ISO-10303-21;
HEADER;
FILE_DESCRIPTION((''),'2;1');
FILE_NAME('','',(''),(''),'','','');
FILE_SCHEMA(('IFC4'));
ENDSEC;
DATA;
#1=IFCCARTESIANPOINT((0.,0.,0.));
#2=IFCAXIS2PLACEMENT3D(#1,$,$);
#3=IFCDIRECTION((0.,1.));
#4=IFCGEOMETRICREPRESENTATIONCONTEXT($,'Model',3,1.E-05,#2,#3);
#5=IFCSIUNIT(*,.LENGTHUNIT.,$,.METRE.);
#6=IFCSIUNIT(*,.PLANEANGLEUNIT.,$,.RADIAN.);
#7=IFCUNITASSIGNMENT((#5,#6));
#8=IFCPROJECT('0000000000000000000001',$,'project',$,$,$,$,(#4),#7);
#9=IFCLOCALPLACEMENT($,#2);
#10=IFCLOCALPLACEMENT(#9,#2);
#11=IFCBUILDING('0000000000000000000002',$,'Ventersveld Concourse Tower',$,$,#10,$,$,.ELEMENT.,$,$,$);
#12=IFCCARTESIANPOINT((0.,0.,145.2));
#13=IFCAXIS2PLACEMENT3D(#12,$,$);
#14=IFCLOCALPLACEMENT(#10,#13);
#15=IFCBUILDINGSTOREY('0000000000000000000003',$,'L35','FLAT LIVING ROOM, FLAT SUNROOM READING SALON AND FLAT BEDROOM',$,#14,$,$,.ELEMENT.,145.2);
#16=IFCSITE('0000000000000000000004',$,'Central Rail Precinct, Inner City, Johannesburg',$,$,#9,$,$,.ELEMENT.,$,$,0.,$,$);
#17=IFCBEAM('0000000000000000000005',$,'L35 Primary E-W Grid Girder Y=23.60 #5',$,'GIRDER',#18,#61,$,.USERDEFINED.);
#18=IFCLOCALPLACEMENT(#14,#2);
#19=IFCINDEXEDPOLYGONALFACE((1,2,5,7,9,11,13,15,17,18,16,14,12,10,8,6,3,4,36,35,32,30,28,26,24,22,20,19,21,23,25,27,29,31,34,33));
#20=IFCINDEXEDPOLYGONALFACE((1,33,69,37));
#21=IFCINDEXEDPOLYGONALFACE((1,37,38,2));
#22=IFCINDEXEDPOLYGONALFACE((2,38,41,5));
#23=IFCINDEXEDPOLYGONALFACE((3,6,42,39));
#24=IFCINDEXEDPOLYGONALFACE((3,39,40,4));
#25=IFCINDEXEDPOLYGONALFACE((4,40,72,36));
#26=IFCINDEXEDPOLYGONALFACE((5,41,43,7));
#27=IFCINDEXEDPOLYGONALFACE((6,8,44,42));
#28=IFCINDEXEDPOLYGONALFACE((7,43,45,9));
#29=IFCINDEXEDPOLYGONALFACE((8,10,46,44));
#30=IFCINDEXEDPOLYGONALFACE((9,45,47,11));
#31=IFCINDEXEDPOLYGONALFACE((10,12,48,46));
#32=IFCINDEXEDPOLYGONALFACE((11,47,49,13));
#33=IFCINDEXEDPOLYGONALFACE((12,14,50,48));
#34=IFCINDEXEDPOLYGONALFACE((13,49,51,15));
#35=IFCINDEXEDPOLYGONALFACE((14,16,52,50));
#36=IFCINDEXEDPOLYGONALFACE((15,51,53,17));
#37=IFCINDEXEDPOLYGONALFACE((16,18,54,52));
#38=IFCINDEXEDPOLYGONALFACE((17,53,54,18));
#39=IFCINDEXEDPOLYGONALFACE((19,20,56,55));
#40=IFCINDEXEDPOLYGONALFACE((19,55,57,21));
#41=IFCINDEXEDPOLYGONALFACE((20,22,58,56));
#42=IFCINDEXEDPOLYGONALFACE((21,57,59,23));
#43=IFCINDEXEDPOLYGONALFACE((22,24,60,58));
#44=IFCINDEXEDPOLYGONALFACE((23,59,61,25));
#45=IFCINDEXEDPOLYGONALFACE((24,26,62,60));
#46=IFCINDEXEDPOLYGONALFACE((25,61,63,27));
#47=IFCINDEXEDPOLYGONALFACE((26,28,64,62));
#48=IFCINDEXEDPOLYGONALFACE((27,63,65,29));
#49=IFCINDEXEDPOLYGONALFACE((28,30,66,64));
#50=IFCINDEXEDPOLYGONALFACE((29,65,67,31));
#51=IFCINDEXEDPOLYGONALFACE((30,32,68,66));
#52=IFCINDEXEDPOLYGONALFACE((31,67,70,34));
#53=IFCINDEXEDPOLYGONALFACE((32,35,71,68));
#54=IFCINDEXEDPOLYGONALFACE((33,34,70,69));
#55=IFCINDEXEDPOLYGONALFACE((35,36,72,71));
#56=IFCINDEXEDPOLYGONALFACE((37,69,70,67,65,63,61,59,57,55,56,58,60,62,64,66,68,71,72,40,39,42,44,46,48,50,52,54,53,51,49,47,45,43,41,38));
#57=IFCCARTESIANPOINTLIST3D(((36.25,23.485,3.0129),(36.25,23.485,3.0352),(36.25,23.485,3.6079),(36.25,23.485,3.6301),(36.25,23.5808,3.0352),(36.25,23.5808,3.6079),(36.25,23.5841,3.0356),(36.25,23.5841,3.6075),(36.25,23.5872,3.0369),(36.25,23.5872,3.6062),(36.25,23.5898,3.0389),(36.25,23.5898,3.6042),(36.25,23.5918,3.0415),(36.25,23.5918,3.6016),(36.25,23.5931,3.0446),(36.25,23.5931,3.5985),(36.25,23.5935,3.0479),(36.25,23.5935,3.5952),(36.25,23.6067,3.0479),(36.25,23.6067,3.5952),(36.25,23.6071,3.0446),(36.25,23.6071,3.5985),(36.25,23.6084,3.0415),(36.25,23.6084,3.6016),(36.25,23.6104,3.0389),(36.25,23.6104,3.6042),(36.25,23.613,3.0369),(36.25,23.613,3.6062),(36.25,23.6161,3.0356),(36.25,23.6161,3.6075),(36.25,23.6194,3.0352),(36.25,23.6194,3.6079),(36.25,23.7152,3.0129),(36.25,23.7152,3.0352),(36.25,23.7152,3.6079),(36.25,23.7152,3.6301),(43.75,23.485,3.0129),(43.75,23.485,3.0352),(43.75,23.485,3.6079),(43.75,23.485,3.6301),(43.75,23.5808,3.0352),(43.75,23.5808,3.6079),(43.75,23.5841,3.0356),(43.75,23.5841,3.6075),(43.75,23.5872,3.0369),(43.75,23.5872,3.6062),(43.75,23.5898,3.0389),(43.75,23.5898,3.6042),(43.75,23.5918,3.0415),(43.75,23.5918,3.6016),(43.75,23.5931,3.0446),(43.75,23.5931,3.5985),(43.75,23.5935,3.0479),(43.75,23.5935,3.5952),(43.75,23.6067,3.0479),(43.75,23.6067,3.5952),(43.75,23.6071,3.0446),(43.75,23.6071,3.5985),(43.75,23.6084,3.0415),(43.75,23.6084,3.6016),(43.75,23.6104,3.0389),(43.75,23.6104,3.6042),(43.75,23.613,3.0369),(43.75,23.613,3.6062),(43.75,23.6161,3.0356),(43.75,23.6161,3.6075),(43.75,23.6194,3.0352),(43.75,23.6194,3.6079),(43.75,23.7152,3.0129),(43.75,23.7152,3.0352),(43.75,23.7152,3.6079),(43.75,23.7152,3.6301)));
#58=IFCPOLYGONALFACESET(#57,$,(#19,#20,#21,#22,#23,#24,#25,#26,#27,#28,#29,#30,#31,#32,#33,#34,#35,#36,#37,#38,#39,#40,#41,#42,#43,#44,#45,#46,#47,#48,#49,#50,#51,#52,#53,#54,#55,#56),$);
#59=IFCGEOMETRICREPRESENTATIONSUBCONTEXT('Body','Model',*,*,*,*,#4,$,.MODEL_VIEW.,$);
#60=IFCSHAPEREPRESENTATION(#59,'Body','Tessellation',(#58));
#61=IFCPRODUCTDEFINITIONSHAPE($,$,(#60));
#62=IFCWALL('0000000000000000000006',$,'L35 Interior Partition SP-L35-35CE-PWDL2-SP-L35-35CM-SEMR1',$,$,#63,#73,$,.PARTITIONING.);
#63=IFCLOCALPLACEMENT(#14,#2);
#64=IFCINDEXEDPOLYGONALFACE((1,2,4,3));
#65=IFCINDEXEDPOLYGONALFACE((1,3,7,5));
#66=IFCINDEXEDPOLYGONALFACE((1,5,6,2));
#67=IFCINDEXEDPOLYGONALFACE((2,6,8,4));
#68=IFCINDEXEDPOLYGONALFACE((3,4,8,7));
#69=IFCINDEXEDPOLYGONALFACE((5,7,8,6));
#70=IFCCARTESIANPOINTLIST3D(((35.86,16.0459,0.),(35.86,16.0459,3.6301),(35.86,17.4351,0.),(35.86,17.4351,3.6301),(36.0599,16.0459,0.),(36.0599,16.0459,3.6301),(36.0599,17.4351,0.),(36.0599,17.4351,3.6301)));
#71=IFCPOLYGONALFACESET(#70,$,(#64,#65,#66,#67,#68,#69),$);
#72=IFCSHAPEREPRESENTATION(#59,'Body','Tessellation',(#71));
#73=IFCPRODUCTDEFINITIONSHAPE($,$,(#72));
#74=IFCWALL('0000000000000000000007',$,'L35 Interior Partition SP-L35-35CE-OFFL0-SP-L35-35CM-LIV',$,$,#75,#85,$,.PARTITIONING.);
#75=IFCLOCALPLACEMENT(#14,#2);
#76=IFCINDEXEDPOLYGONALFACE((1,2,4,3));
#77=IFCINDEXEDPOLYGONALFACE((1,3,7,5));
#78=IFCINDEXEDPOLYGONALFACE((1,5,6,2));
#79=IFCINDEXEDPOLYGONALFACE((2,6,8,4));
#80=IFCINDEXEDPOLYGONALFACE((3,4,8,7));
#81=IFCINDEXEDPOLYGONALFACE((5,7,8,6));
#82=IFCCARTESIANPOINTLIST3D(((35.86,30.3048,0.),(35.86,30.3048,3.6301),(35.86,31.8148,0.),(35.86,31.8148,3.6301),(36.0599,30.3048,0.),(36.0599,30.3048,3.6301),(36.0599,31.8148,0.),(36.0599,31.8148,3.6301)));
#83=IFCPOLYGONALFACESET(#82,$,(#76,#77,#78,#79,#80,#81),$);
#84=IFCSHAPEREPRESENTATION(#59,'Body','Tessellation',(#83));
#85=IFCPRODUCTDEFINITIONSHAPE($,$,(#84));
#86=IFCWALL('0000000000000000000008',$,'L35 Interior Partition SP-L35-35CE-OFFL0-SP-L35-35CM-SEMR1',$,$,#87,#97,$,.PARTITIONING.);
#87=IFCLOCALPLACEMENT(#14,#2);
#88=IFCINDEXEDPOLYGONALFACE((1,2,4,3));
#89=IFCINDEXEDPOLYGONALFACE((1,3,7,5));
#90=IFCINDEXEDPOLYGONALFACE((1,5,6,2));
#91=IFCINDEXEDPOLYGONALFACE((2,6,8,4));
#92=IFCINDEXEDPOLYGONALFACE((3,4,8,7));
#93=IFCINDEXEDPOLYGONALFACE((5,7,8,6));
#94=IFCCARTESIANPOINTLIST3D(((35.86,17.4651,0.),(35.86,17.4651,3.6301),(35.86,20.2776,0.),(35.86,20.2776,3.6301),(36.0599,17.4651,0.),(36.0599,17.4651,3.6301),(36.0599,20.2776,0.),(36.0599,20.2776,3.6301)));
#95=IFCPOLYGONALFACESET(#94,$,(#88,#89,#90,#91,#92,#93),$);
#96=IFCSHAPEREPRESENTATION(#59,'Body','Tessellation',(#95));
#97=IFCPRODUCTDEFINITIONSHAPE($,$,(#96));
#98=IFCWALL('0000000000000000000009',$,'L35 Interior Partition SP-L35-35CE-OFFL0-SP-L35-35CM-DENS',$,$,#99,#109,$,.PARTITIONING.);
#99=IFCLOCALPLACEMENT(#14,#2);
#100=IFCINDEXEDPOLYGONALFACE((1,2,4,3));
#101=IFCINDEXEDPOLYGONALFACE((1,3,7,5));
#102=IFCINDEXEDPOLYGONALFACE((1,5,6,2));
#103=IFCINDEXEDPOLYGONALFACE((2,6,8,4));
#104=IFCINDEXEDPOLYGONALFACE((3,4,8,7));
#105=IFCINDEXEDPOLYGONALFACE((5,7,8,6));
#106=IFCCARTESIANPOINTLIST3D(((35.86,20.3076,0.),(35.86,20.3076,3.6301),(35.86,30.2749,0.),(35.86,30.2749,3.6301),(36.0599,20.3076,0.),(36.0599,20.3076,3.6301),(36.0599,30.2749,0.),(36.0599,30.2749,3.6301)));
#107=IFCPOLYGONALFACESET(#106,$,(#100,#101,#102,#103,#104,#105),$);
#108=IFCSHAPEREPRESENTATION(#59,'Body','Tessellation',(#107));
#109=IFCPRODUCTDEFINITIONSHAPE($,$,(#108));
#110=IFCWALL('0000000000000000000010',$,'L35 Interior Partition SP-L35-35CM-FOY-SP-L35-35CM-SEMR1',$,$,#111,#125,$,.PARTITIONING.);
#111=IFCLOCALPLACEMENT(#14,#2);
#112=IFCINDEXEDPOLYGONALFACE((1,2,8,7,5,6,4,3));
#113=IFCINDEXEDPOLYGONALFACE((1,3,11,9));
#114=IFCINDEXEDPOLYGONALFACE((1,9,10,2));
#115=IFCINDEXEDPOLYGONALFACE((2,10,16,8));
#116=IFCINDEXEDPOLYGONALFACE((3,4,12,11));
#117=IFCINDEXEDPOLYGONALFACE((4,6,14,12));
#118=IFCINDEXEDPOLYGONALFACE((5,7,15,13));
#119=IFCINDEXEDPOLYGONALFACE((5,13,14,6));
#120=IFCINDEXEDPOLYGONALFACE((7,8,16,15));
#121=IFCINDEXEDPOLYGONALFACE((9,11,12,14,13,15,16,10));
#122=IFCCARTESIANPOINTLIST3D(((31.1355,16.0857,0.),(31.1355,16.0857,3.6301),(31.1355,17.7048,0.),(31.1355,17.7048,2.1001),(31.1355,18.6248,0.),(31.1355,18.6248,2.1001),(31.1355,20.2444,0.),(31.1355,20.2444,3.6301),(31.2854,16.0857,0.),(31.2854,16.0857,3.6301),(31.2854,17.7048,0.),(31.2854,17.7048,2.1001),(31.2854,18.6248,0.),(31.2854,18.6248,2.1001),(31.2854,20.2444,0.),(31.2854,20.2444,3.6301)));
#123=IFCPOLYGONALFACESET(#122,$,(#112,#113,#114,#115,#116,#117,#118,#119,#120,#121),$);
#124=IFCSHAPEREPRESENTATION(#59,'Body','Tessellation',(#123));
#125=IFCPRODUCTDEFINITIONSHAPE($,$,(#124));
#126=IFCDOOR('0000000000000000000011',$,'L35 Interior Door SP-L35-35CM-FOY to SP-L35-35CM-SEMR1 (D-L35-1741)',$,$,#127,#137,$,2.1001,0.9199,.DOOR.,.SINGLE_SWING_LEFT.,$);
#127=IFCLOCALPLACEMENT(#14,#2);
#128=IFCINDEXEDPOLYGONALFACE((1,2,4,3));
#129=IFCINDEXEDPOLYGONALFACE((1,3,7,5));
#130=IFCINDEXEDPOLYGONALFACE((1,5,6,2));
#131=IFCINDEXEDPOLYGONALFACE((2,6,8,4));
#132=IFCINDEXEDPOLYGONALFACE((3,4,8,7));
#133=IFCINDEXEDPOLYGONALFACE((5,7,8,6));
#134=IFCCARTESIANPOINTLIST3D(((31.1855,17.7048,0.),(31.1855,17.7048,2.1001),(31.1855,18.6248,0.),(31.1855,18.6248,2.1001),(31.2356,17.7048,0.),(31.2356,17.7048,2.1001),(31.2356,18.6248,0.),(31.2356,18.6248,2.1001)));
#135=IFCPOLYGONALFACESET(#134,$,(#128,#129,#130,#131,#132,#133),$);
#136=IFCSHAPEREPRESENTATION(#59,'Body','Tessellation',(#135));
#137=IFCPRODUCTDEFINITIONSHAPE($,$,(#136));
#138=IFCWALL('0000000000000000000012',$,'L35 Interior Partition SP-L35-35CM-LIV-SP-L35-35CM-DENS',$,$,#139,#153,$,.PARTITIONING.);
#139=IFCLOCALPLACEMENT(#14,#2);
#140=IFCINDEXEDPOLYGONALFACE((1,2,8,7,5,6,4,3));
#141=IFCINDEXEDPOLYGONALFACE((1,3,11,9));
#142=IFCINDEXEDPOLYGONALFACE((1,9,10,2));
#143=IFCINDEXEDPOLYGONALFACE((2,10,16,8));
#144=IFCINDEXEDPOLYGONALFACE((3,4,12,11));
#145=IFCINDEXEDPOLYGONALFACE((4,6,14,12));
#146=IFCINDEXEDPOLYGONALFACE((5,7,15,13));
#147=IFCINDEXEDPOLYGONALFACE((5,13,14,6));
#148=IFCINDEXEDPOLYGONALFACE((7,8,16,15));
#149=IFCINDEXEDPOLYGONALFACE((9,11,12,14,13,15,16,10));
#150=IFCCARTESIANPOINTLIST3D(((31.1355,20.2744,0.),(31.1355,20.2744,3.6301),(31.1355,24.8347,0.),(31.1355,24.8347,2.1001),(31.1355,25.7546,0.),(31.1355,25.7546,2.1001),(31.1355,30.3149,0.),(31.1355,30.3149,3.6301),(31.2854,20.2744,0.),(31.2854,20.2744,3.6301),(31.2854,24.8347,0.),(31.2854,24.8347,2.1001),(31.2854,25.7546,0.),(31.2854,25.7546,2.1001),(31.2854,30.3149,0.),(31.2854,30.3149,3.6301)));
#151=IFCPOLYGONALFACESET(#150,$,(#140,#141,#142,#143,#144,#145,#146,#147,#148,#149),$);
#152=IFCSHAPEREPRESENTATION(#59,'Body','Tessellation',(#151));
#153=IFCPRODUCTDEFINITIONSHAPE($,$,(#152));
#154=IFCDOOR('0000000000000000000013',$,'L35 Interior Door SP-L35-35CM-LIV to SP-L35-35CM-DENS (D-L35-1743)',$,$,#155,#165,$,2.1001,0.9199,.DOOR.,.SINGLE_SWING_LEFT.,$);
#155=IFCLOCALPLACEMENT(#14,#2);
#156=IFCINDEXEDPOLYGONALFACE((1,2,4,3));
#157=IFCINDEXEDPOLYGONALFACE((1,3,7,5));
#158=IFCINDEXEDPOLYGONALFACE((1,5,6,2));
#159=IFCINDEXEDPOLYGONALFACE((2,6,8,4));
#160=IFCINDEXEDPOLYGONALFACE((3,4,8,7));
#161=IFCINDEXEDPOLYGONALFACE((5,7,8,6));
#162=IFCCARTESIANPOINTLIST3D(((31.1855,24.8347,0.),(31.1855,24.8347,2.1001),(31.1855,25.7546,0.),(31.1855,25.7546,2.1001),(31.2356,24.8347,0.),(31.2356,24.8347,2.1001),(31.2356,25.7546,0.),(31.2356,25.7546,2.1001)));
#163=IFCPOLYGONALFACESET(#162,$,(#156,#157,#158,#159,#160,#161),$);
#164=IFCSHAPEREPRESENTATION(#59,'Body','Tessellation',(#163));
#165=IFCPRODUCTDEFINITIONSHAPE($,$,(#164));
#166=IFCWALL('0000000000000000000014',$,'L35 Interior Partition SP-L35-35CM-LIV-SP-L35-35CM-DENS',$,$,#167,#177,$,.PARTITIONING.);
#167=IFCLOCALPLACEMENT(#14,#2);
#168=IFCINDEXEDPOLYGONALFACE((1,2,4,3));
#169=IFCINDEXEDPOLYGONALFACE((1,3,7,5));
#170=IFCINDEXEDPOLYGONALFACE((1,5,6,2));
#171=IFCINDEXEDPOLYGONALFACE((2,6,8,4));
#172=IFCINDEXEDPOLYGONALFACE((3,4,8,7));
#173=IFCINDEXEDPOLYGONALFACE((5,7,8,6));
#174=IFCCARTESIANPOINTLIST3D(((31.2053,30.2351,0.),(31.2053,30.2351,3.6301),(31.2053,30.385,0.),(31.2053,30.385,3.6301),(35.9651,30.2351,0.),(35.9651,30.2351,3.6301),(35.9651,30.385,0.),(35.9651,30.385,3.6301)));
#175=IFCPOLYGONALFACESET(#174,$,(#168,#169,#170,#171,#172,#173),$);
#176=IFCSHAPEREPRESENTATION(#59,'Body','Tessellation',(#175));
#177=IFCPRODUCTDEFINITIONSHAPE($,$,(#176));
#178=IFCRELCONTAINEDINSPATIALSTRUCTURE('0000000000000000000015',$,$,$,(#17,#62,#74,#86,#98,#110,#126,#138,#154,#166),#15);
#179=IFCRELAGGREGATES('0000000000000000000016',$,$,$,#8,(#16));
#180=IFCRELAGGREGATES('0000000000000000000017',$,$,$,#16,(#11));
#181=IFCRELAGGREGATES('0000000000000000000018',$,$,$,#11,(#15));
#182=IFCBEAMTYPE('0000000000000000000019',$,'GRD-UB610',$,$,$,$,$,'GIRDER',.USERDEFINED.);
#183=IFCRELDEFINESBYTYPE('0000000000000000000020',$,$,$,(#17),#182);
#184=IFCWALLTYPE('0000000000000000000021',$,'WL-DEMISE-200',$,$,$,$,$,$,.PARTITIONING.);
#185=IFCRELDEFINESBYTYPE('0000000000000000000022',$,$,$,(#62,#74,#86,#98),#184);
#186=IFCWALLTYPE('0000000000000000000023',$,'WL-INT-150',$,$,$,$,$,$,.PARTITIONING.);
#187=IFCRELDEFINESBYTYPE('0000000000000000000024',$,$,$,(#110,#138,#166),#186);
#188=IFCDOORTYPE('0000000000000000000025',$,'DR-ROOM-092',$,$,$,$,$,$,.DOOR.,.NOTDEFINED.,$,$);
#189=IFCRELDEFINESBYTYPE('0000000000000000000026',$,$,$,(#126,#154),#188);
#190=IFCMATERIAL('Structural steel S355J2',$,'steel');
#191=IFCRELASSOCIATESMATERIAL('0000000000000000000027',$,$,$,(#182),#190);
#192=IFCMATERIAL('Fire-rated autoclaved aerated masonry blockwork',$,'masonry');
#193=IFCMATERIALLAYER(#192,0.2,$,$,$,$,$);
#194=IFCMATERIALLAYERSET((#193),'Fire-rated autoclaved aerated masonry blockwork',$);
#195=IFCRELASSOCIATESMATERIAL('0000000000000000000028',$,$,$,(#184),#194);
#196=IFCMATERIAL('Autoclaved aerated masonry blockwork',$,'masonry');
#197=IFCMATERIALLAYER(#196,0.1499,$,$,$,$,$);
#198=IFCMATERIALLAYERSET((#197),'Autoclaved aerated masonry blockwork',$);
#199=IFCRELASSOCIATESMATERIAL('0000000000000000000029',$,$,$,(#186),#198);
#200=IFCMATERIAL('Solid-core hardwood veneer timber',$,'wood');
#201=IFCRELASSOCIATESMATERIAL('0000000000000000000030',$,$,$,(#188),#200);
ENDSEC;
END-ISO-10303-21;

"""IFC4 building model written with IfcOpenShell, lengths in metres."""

from ifc_helpers import new_model, si_unit, direction, frame, frame_2d, origin, origin_2d, place, context, subcontext, project, spatial, rectangle, i_section, extrude, material, layer, layer_set, material_profile, profile_set, type_object, element, fill, save


model = new_model("IFC4")

# Units and contexts
model_context = context("Model", 3, precision=1e-05, world=origin(), true_north=direction((0.0, 1.0)))
body_context = subcontext(model_context, "Body", "Model", "MODEL_VIEW")
ifc_project = project(units=[si_unit("LENGTHUNIT", "METRE"), si_unit("PLANEANGLEUNIT", "RADIAN")], contexts=[model_context])

# Site, building, storey
site_placement = place(None, origin())
site = spatial("IfcSite", under=ifc_project, at=site_placement, Name="Central Rail Precinct, Inner City, Johannesburg", CompositionType="ELEMENT", RefElevation=0.0)
building_placement = place(site_placement, origin())
building = spatial("IfcBuilding", under=site, at=building_placement, Name="Ventersveld Concourse Tower", CompositionType="ELEMENT")
storey_placement = place(building_placement, frame((0.0, 0.0, 145.2)))
storey = spatial("IfcBuildingStorey", under=building, at=storey_placement, Name="L35", Description="FLAT LIVING ROOM, FLAT SUNROOM READING SALON AND FLAT BEDROOM", CompositionType="ELEMENT", Elevation=145.2)

# Beam
ifc_material_1 = material(Name="Structural steel S355J2", Category="steel")
ifc_material_profile_1 = material_profile(ifc_material_1, i_section(OverallWidth=0.2302, OverallDepth=0.6172, WebThickness=0.0132, FlangeThickness=0.0222, FilletRadius=0.0127, at=origin_2d()), Name="UB 610x229x140")
ifc_profile_set_1 = profile_set([ifc_material_profile_1], Name="Structural steel S355J2")
beam_type_1 = type_object("IfcBeamType", Name="GRD-UB610", ElementType="GIRDER", PredefinedType="USERDEFINED", material=ifc_profile_set_1)
for number, where, z_axis, x_axis, name in (
    (1, (36.25, 23.6001, 3.3215), (1.0, 0.0, 0.0), (0.0, 1.0, 0.0), "L35 Primary E-W Grid Girder Y=23.60 #5"),
):
    element("IfcBeam", number, at=place(storey_placement, frame(where, z_axis=z_axis, x_axis=x_axis)), inside=storey, type_object=beam_type_1, Name=name, ObjectType="GIRDER", PredefinedType="USERDEFINED", context=body_context, shape_type="SweptSolid", body=[
        extrude(i_section(OverallWidth=0.2302, OverallDepth=0.6172, WebThickness=0.0132, FlangeThickness=0.0222, FilletRadius=0.0127, at=origin_2d()), origin(), (0.0, 0.0, 1.0), 7.5),
    ])

# Walls
ifc_material_2 = material(Name="Fire-rated autoclaved aerated masonry blockwork", Category="masonry")
ifc_layer_1 = layer(ifc_material_2, 0.2)
ifc_layer_set_1 = layer_set([ifc_layer_1], Name="Fire-rated autoclaved aerated masonry blockwork")
wall_type_1 = type_object("IfcWallType", Name="WL-DEMISE-200", PredefinedType="PARTITIONING", material=ifc_layer_set_1)
wall_1_placement = place(storey_placement, frame((35.96, 16.0459, 0.0), z_axis=(0.0, 0.0, 1.0), x_axis=(0.0, 1.0, 0.0)))
element("IfcWall", 2, at=wall_1_placement, inside=storey, type_object=wall_type_1, Name="L35 Interior Partition SP-L35-35CE-PWDL2-SP-L35-35CM-SEMR1", PredefinedType="PARTITIONING", context=body_context, shape_type="SweptSolid", body=[
    extrude(rectangle(XDim=1.3892, YDim=0.2, at=frame_2d((0.6946, 0.0))), origin(), (0.0, 0.0, 1.0), 3.6301),
])
wall_2_placement = place(storey_placement, frame((35.96, 30.3049, 0.0), z_axis=(0.0, 0.0, 1.0), x_axis=(0.0, 1.0, 0.0)))
element("IfcWall", 3, at=wall_2_placement, inside=storey, type_object=wall_type_1, Name="L35 Interior Partition SP-L35-35CE-OFFL0-SP-L35-35CM-LIV", PredefinedType="PARTITIONING", context=body_context, shape_type="SweptSolid", body=[
    extrude(rectangle(XDim=1.51, YDim=0.2, at=frame_2d((0.7549, 0.0))), origin(), (0.0, 0.0, 1.0), 3.6301),
])
wall_3_placement = place(storey_placement, frame((35.96, 17.4651, 0.0), z_axis=(0.0, 0.0, 1.0), x_axis=(0.0, 1.0, 0.0)))
element("IfcWall", 4, at=wall_3_placement, inside=storey, type_object=wall_type_1, Name="L35 Interior Partition SP-L35-35CE-OFFL0-SP-L35-35CM-SEMR1", PredefinedType="PARTITIONING", context=body_context, shape_type="SweptSolid", body=[
    extrude(rectangle(XDim=2.8125, YDim=0.2, at=frame_2d((1.4062, 0.0))), origin(), (0.0, 0.0, 1.0), 3.6301),
])
wall_4_placement = place(storey_placement, frame((35.96, 20.3076, 0.0), z_axis=(0.0, 0.0, 1.0), x_axis=(0.0, 1.0, 0.0)))
element("IfcWall", 5, at=wall_4_placement, inside=storey, type_object=wall_type_1, Name="L35 Interior Partition SP-L35-35CE-OFFL0-SP-L35-35CM-DENS", PredefinedType="PARTITIONING", context=body_context, shape_type="SweptSolid", body=[
    extrude(rectangle(XDim=9.9673, YDim=0.2, at=frame_2d((4.9836, 0.0))), origin(), (0.0, 0.0, 1.0), 3.6301),
])

# Walls, openings, doors
ifc_material_3 = material(Name="Autoclaved aerated masonry blockwork", Category="masonry")
ifc_layer_2 = layer(ifc_material_3, 0.1499)
ifc_layer_set_2 = layer_set([ifc_layer_2], Name="Autoclaved aerated masonry blockwork")
wall_type_2 = type_object("IfcWallType", Name="WL-INT-150", PredefinedType="PARTITIONING", material=ifc_layer_set_2)
wall_5_placement = place(storey_placement, frame((31.2104, 16.0857, 0.0), z_axis=(0.0, 0.0, 1.0), x_axis=(0.0, 1.0, 0.0)))
wall_5 = element("IfcWall", 6, at=wall_5_placement, inside=storey, type_object=wall_type_2, Name="L35 Interior Partition SP-L35-35CM-FOY-SP-L35-35CM-SEMR1", PredefinedType="PARTITIONING", context=body_context, shape_type="SweptSolid", body=[
    extrude(rectangle(XDim=4.1587, YDim=0.1499, at=frame_2d((2.0793, 0.0))), origin(), (0.0, 0.0, 1.0), 3.6301),
])
opening_1_placement = place(wall_5_placement, frame((1.6191, 0.0, 0.0)))
opening_1 = element("IfcOpeningElement", 7, at=opening_1_placement, cuts=wall_5, PredefinedType="OPENING", context=body_context, shape_type="SweptSolid", body=[
    extrude(rectangle(XDim=0.9199, YDim=2.1001, at=frame_2d((0.46, 1.05))), frame((0.0, 0.085, 0.0), z_axis=(0.0, -1.0, 0.0), x_axis=(1.0, 0.0, 0.0)), (0.0, 0.0, 1.0), 0.1699),
])
ifc_material_4 = material(Name="Solid-core hardwood veneer timber", Category="wood")
door_type = type_object("IfcDoorType", Name="DR-ROOM-092", OperationType="NOTDEFINED", PredefinedType="DOOR", material=ifc_material_4)
door_1_placement = place(opening_1_placement, origin())
door_1 = element("IfcDoor", 8, at=door_1_placement, inside=storey, type_object=door_type, Name="L35 Interior Door SP-L35-35CM-FOY to SP-L35-35CM-SEMR1 (D-L35-1741)", OperationType="SINGLE_SWING_LEFT", OverallHeight=2.1001, OverallWidth=0.9199, PredefinedType="DOOR", context=body_context, shape_type="SweptSolid", body=[
    extrude(rectangle(XDim=0.9199, YDim=2.1001, at=frame_2d((0.46, 1.05))), frame((0.0, 0.0249, 0.0), z_axis=(0.0, -1.0, 0.0), x_axis=(1.0, 0.0, 0.0)), (0.0, 0.0, 1.0), 0.05),
])
fill(opening_1, door_1)
wall_6_placement = place(storey_placement, frame((31.2104, 20.2744, 0.0), z_axis=(0.0, 0.0, 1.0), x_axis=(0.0, 1.0, 0.0)))
wall_6 = element("IfcWall", 9, at=wall_6_placement, inside=storey, type_object=wall_type_2, Name="L35 Interior Partition SP-L35-35CM-LIV-SP-L35-35CM-DENS", PredefinedType="PARTITIONING", context=body_context, shape_type="SweptSolid", body=[
    extrude(rectangle(XDim=10.0405, YDim=0.1499, at=frame_2d((5.0203, 0.0))), origin(), (0.0, 0.0, 1.0), 3.6301),
])
opening_2_placement = place(wall_6_placement, frame((4.5603, 0.0, 0.0)))
opening_2 = element("IfcOpeningElement", 10, at=opening_2_placement, cuts=wall_6, PredefinedType="OPENING", context=body_context, shape_type="SweptSolid", body=[
    extrude(rectangle(XDim=0.9199, YDim=2.1001, at=frame_2d((0.46, 1.05))), frame((0.0, 0.085, 0.0), z_axis=(0.0, -1.0, 0.0), x_axis=(1.0, 0.0, 0.0)), (0.0, 0.0, 1.0), 0.1699),
])
door_2_placement = place(opening_2_placement, origin())
door_2 = element("IfcDoor", 11, at=door_2_placement, inside=storey, type_object=door_type, Name="L35 Interior Door SP-L35-35CM-LIV to SP-L35-35CM-DENS (D-L35-1743)", OperationType="SINGLE_SWING_LEFT", OverallHeight=2.1001, OverallWidth=0.9199, PredefinedType="DOOR", context=body_context, shape_type="SweptSolid", body=[
    extrude(rectangle(XDim=0.9199, YDim=2.1001, at=frame_2d((0.46, 1.05))), frame((0.0, 0.0249, 0.0), z_axis=(0.0, -1.0, 0.0), x_axis=(1.0, 0.0, 0.0)), (0.0, 0.0, 1.0), 0.05),
])
fill(opening_2, door_2)

# Wall
for number, where, z_axis, x_axis, name in (
    (12, (31.2053, 30.3101, 0.0), (0.0, 0.0, 1.0), (1.0, 0.0, 0.0), "L35 Interior Partition SP-L35-35CM-LIV-SP-L35-35CM-DENS"),
):
    element("IfcWall", number, at=place(storey_placement, frame(where, z_axis=z_axis, x_axis=x_axis)), inside=storey, type_object=wall_type_2, Name=name, PredefinedType="PARTITIONING", context=body_context, shape_type="SweptSolid", body=[
        extrude(rectangle(XDim=4.7598, YDim=0.1499, at=frame_2d((2.3799, 0.0))), origin(), (0.0, 0.0, 1.0), 3.6301),
    ])

save(model, "model.ifc")
